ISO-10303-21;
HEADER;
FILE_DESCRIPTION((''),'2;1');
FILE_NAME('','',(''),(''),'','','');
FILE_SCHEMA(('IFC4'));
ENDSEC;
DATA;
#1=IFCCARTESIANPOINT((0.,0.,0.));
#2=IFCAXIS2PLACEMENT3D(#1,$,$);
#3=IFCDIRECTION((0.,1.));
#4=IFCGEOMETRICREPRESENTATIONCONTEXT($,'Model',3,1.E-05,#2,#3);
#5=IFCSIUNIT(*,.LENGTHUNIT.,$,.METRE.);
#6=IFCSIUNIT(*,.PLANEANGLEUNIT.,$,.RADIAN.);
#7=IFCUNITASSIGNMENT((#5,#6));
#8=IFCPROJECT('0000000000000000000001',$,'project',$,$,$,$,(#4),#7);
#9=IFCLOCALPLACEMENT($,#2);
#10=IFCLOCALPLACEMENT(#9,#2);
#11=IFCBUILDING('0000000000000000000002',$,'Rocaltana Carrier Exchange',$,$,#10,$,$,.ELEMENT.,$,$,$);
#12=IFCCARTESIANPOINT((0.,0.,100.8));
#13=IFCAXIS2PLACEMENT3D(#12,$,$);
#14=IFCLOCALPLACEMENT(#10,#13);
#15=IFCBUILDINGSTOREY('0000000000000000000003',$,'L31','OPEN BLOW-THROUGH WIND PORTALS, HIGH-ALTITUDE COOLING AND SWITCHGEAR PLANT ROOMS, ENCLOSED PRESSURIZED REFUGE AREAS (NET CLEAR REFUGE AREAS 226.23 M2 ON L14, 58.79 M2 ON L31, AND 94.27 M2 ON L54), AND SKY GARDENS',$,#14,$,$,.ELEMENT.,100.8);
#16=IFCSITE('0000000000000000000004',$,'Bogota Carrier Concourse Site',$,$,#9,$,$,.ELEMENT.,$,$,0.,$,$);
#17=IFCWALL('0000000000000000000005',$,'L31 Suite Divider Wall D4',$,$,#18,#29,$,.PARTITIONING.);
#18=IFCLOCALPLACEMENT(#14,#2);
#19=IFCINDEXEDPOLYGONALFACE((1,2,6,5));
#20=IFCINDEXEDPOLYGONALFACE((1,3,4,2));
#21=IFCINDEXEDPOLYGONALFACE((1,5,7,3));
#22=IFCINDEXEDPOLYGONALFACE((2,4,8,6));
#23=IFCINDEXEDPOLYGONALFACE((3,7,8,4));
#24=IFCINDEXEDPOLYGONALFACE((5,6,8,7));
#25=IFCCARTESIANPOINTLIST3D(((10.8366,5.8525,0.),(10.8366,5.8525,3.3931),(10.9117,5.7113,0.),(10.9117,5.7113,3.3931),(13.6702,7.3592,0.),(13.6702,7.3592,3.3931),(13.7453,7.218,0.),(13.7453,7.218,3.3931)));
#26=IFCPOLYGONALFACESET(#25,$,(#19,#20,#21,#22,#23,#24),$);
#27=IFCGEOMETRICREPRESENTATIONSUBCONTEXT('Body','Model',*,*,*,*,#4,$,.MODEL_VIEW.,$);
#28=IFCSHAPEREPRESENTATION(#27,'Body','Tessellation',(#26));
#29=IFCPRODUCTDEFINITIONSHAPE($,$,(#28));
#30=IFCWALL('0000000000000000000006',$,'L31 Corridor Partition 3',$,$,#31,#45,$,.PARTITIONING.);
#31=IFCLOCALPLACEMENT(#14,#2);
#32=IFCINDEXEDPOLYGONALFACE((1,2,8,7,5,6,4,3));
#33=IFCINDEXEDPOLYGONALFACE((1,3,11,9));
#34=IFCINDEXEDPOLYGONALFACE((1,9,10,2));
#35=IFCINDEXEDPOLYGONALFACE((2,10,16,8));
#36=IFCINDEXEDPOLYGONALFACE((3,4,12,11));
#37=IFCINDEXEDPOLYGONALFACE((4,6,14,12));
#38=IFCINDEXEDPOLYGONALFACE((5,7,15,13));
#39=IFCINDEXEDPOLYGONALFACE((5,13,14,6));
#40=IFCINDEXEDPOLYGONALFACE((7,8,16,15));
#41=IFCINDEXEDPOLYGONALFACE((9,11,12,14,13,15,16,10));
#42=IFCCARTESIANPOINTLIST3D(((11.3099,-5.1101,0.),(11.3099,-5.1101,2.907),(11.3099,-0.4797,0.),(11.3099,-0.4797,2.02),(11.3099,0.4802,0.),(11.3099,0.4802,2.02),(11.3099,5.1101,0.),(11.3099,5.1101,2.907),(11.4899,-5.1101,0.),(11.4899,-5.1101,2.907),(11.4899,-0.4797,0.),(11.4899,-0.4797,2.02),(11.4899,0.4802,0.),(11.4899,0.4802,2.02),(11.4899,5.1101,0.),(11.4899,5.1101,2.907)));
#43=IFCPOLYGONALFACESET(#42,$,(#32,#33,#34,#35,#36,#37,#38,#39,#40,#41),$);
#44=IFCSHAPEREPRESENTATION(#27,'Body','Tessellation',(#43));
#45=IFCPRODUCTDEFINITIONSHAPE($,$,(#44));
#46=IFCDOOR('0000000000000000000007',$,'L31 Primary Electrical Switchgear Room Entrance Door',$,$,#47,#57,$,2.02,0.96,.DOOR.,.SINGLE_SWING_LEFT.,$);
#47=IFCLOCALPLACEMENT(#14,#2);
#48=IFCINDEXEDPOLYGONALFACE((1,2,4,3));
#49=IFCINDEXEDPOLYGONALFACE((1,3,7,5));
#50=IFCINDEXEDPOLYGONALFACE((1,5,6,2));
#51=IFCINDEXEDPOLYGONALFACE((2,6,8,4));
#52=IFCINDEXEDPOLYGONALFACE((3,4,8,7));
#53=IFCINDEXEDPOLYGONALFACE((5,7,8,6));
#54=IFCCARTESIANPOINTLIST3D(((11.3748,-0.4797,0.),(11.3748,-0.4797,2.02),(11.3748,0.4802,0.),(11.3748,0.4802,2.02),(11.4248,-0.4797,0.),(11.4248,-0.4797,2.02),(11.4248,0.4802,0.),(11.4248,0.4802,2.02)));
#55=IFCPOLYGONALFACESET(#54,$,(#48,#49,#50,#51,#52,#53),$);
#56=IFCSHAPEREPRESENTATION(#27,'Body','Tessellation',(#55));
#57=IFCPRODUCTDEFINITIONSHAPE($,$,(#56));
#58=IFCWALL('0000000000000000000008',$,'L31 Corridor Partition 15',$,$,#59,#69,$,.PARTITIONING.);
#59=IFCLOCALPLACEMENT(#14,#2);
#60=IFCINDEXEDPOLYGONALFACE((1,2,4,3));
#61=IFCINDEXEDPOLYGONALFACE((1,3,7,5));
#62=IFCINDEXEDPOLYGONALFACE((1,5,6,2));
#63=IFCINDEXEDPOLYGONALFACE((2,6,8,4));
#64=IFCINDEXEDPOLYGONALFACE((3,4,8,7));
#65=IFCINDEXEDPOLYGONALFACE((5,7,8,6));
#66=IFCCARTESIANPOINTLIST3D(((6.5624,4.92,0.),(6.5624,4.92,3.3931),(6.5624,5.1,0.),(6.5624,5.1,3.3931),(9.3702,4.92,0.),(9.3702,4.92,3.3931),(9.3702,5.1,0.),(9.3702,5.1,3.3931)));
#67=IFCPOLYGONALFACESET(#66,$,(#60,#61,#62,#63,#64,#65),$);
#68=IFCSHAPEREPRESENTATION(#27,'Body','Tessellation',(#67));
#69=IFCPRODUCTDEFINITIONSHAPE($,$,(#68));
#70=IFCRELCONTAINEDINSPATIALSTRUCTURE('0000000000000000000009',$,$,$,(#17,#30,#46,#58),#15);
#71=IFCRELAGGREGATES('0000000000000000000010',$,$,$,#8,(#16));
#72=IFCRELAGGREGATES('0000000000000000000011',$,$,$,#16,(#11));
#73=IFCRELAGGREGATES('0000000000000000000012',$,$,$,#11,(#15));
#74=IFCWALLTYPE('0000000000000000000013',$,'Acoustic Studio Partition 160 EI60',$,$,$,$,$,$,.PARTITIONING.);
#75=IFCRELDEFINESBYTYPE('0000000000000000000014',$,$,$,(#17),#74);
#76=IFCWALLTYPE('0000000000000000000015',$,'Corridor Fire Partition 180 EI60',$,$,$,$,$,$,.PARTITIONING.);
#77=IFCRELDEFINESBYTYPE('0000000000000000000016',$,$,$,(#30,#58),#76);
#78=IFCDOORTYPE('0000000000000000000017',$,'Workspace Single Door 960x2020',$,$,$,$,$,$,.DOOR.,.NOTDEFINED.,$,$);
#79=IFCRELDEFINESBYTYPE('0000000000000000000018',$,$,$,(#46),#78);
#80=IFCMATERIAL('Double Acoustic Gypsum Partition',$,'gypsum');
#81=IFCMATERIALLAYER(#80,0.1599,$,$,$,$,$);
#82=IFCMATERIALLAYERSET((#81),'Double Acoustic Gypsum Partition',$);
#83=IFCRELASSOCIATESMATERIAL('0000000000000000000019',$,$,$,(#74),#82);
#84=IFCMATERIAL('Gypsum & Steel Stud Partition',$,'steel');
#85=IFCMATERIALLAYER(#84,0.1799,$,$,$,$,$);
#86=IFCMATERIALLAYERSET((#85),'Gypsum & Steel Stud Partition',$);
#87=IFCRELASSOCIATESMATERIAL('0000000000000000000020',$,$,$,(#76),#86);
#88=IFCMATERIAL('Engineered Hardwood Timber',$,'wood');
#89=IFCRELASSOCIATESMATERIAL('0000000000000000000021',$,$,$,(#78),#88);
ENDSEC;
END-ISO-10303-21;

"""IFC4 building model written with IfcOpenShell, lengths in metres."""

from ifc_helpers import new_model, si_unit, direction, frame, frame_2d, origin, place, context, subcontext, project, spatial, rectangle, extrude, material, layer, layer_set, type_object, element, fill, save


model = new_model("IFC4")

# Units and contexts
model_context = context("Model", 3, precision=1e-05, world=origin(), true_north=direction((0.0, 1.0)))
body_context = subcontext(model_context, "Body", "Model", "MODEL_VIEW")
ifc_project = project(units=[si_unit("LENGTHUNIT", "METRE"), si_unit("PLANEANGLEUNIT", "RADIAN")], contexts=[model_context])

# Site, building, storey
site_placement = place(None, origin())
site = spatial("IfcSite", under=ifc_project, at=site_placement, Name="Bogota Carrier Concourse Site", CompositionType="ELEMENT", RefElevation=0.0)
building_placement = place(site_placement, origin())
building = spatial("IfcBuilding", under=site, at=building_placement, Name="Rocaltana Carrier Exchange", CompositionType="ELEMENT")
storey_placement = place(building_placement, frame((0.0, 0.0, 100.8)))
storey = spatial("IfcBuildingStorey", under=building, at=storey_placement, Name="L31", Description="OPEN BLOW-THROUGH WIND PORTALS, HIGH-ALTITUDE COOLING AND SWITCHGEAR PLANT ROOMS, ENCLOSED PRESSURIZED REFUGE AREAS (NET CLEAR REFUGE AREAS 226.23 M2 ON L14, 58.79 M2 ON L31, AND 94.27 M2 ON L54), AND SKY GARDENS", CompositionType="ELEMENT", Elevation=100.8)

# Wall
ifc_material_1 = material(Name="Double Acoustic Gypsum Partition", Category="gypsum")
ifc_layer_1 = layer(ifc_material_1, 0.1599)
ifc_layer_set_1 = layer_set([ifc_layer_1], Name="Double Acoustic Gypsum Partition")
wall_type_1 = type_object("IfcWallType", Name="Acoustic Studio Partition 160 EI60", PredefinedType="PARTITIONING", material=ifc_layer_set_1)
wall_1_placement = place(storey_placement, frame((10.8743, 5.782, 0.0), z_axis=(0.0, 0.0, 1.0), x_axis=(0.882948, 0.46947, 0.0)))
element("IfcWall", 1, at=wall_1_placement, inside=storey, type_object=wall_type_1, Name="L31 Suite Divider Wall D4", PredefinedType="PARTITIONING", context=body_context, shape_type="SweptSolid", body=[
    extrude(rectangle(XDim=3.2092, YDim=0.1599, at=frame_2d((1.6045, 0.0))), origin(), (0.0, 0.0, 1.0), 3.3931),
])

# Wall, opening, door
ifc_material_2 = material(Name="Gypsum & Steel Stud Partition", Category="steel")
ifc_layer_2 = layer(ifc_material_2, 0.1799)
ifc_layer_set_2 = layer_set([ifc_layer_2], Name="Gypsum & Steel Stud Partition")
wall_type_2 = type_object("IfcWallType", Name="Corridor Fire Partition 180 EI60", PredefinedType="PARTITIONING", material=ifc_layer_set_2)
wall_2_placement = place(storey_placement, frame((11.3999, 5.1101, 0.0), z_axis=(0.0, 0.0, 1.0), x_axis=(0.0, -1.0, 0.0)))
wall_2 = element("IfcWall", 2, at=wall_2_placement, inside=storey, type_object=wall_type_2, Name="L31 Corridor Partition 3", PredefinedType="PARTITIONING", context=body_context, shape_type="SweptSolid", body=[
    extrude(rectangle(XDim=10.2202, YDim=0.1799, at=frame_2d((5.1101, 0.0))), origin(), (0.0, 0.0, 1.0), 2.907),
])
opening_placement = place(wall_2_placement, frame((4.6299, 0.0, 0.0)))
opening = element("IfcOpeningElement", 3, at=opening_placement, cuts=wall_2, PredefinedType="OPENING", context=body_context, shape_type="SweptSolid", body=[
    extrude(rectangle(XDim=0.96, YDim=2.02, at=frame_2d((0.48, 1.01))), frame((0.0, 0.0999, 0.0), z_axis=(0.0, -1.0, 0.0), x_axis=(1.0, 0.0, 0.0)), (0.0, 0.0, 1.0), 0.2),
])
ifc_material_3 = material(Name="Engineered Hardwood Timber", Category="wood")
door_type = type_object("IfcDoorType", Name="Workspace Single Door 960x2020", OperationType="NOTDEFINED", PredefinedType="DOOR", material=ifc_material_3)
door_placement = place(opening_placement, origin())
door = element("IfcDoor", 4, at=door_placement, inside=storey, type_object=door_type, Name="L31 Primary Electrical Switchgear Room Entrance Door", OperationType="SINGLE_SWING_LEFT", OverallHeight=2.02, OverallWidth=0.96, PredefinedType="DOOR", context=body_context, shape_type="SweptSolid", body=[
    extrude(rectangle(XDim=0.96, YDim=2.02, at=frame_2d((0.48, 1.01))), frame((0.0, 0.0249, 0.0), z_axis=(0.0, -1.0, 0.0), x_axis=(1.0, 0.0, 0.0)), (0.0, 0.0, 1.0), 0.05),
])
fill(opening, door)

# Wall
wall_3_placement = place(storey_placement, frame((9.3701, 5.01, 0.0), z_axis=(0.0, 0.0, 1.0), x_axis=(-1.0, 0.0, 0.0)))
element("IfcWall", 5, at=wall_3_placement, inside=storey, type_object=wall_type_2, Name="L31 Corridor Partition 15", PredefinedType="PARTITIONING", context=body_context, shape_type="SweptSolid", body=[
    extrude(rectangle(XDim=2.8079, YDim=0.1799, at=frame_2d((1.4038, 0.0))), origin(), (0.0, 0.0, 1.0), 3.3931),
])

save(model, "model.ifc")
